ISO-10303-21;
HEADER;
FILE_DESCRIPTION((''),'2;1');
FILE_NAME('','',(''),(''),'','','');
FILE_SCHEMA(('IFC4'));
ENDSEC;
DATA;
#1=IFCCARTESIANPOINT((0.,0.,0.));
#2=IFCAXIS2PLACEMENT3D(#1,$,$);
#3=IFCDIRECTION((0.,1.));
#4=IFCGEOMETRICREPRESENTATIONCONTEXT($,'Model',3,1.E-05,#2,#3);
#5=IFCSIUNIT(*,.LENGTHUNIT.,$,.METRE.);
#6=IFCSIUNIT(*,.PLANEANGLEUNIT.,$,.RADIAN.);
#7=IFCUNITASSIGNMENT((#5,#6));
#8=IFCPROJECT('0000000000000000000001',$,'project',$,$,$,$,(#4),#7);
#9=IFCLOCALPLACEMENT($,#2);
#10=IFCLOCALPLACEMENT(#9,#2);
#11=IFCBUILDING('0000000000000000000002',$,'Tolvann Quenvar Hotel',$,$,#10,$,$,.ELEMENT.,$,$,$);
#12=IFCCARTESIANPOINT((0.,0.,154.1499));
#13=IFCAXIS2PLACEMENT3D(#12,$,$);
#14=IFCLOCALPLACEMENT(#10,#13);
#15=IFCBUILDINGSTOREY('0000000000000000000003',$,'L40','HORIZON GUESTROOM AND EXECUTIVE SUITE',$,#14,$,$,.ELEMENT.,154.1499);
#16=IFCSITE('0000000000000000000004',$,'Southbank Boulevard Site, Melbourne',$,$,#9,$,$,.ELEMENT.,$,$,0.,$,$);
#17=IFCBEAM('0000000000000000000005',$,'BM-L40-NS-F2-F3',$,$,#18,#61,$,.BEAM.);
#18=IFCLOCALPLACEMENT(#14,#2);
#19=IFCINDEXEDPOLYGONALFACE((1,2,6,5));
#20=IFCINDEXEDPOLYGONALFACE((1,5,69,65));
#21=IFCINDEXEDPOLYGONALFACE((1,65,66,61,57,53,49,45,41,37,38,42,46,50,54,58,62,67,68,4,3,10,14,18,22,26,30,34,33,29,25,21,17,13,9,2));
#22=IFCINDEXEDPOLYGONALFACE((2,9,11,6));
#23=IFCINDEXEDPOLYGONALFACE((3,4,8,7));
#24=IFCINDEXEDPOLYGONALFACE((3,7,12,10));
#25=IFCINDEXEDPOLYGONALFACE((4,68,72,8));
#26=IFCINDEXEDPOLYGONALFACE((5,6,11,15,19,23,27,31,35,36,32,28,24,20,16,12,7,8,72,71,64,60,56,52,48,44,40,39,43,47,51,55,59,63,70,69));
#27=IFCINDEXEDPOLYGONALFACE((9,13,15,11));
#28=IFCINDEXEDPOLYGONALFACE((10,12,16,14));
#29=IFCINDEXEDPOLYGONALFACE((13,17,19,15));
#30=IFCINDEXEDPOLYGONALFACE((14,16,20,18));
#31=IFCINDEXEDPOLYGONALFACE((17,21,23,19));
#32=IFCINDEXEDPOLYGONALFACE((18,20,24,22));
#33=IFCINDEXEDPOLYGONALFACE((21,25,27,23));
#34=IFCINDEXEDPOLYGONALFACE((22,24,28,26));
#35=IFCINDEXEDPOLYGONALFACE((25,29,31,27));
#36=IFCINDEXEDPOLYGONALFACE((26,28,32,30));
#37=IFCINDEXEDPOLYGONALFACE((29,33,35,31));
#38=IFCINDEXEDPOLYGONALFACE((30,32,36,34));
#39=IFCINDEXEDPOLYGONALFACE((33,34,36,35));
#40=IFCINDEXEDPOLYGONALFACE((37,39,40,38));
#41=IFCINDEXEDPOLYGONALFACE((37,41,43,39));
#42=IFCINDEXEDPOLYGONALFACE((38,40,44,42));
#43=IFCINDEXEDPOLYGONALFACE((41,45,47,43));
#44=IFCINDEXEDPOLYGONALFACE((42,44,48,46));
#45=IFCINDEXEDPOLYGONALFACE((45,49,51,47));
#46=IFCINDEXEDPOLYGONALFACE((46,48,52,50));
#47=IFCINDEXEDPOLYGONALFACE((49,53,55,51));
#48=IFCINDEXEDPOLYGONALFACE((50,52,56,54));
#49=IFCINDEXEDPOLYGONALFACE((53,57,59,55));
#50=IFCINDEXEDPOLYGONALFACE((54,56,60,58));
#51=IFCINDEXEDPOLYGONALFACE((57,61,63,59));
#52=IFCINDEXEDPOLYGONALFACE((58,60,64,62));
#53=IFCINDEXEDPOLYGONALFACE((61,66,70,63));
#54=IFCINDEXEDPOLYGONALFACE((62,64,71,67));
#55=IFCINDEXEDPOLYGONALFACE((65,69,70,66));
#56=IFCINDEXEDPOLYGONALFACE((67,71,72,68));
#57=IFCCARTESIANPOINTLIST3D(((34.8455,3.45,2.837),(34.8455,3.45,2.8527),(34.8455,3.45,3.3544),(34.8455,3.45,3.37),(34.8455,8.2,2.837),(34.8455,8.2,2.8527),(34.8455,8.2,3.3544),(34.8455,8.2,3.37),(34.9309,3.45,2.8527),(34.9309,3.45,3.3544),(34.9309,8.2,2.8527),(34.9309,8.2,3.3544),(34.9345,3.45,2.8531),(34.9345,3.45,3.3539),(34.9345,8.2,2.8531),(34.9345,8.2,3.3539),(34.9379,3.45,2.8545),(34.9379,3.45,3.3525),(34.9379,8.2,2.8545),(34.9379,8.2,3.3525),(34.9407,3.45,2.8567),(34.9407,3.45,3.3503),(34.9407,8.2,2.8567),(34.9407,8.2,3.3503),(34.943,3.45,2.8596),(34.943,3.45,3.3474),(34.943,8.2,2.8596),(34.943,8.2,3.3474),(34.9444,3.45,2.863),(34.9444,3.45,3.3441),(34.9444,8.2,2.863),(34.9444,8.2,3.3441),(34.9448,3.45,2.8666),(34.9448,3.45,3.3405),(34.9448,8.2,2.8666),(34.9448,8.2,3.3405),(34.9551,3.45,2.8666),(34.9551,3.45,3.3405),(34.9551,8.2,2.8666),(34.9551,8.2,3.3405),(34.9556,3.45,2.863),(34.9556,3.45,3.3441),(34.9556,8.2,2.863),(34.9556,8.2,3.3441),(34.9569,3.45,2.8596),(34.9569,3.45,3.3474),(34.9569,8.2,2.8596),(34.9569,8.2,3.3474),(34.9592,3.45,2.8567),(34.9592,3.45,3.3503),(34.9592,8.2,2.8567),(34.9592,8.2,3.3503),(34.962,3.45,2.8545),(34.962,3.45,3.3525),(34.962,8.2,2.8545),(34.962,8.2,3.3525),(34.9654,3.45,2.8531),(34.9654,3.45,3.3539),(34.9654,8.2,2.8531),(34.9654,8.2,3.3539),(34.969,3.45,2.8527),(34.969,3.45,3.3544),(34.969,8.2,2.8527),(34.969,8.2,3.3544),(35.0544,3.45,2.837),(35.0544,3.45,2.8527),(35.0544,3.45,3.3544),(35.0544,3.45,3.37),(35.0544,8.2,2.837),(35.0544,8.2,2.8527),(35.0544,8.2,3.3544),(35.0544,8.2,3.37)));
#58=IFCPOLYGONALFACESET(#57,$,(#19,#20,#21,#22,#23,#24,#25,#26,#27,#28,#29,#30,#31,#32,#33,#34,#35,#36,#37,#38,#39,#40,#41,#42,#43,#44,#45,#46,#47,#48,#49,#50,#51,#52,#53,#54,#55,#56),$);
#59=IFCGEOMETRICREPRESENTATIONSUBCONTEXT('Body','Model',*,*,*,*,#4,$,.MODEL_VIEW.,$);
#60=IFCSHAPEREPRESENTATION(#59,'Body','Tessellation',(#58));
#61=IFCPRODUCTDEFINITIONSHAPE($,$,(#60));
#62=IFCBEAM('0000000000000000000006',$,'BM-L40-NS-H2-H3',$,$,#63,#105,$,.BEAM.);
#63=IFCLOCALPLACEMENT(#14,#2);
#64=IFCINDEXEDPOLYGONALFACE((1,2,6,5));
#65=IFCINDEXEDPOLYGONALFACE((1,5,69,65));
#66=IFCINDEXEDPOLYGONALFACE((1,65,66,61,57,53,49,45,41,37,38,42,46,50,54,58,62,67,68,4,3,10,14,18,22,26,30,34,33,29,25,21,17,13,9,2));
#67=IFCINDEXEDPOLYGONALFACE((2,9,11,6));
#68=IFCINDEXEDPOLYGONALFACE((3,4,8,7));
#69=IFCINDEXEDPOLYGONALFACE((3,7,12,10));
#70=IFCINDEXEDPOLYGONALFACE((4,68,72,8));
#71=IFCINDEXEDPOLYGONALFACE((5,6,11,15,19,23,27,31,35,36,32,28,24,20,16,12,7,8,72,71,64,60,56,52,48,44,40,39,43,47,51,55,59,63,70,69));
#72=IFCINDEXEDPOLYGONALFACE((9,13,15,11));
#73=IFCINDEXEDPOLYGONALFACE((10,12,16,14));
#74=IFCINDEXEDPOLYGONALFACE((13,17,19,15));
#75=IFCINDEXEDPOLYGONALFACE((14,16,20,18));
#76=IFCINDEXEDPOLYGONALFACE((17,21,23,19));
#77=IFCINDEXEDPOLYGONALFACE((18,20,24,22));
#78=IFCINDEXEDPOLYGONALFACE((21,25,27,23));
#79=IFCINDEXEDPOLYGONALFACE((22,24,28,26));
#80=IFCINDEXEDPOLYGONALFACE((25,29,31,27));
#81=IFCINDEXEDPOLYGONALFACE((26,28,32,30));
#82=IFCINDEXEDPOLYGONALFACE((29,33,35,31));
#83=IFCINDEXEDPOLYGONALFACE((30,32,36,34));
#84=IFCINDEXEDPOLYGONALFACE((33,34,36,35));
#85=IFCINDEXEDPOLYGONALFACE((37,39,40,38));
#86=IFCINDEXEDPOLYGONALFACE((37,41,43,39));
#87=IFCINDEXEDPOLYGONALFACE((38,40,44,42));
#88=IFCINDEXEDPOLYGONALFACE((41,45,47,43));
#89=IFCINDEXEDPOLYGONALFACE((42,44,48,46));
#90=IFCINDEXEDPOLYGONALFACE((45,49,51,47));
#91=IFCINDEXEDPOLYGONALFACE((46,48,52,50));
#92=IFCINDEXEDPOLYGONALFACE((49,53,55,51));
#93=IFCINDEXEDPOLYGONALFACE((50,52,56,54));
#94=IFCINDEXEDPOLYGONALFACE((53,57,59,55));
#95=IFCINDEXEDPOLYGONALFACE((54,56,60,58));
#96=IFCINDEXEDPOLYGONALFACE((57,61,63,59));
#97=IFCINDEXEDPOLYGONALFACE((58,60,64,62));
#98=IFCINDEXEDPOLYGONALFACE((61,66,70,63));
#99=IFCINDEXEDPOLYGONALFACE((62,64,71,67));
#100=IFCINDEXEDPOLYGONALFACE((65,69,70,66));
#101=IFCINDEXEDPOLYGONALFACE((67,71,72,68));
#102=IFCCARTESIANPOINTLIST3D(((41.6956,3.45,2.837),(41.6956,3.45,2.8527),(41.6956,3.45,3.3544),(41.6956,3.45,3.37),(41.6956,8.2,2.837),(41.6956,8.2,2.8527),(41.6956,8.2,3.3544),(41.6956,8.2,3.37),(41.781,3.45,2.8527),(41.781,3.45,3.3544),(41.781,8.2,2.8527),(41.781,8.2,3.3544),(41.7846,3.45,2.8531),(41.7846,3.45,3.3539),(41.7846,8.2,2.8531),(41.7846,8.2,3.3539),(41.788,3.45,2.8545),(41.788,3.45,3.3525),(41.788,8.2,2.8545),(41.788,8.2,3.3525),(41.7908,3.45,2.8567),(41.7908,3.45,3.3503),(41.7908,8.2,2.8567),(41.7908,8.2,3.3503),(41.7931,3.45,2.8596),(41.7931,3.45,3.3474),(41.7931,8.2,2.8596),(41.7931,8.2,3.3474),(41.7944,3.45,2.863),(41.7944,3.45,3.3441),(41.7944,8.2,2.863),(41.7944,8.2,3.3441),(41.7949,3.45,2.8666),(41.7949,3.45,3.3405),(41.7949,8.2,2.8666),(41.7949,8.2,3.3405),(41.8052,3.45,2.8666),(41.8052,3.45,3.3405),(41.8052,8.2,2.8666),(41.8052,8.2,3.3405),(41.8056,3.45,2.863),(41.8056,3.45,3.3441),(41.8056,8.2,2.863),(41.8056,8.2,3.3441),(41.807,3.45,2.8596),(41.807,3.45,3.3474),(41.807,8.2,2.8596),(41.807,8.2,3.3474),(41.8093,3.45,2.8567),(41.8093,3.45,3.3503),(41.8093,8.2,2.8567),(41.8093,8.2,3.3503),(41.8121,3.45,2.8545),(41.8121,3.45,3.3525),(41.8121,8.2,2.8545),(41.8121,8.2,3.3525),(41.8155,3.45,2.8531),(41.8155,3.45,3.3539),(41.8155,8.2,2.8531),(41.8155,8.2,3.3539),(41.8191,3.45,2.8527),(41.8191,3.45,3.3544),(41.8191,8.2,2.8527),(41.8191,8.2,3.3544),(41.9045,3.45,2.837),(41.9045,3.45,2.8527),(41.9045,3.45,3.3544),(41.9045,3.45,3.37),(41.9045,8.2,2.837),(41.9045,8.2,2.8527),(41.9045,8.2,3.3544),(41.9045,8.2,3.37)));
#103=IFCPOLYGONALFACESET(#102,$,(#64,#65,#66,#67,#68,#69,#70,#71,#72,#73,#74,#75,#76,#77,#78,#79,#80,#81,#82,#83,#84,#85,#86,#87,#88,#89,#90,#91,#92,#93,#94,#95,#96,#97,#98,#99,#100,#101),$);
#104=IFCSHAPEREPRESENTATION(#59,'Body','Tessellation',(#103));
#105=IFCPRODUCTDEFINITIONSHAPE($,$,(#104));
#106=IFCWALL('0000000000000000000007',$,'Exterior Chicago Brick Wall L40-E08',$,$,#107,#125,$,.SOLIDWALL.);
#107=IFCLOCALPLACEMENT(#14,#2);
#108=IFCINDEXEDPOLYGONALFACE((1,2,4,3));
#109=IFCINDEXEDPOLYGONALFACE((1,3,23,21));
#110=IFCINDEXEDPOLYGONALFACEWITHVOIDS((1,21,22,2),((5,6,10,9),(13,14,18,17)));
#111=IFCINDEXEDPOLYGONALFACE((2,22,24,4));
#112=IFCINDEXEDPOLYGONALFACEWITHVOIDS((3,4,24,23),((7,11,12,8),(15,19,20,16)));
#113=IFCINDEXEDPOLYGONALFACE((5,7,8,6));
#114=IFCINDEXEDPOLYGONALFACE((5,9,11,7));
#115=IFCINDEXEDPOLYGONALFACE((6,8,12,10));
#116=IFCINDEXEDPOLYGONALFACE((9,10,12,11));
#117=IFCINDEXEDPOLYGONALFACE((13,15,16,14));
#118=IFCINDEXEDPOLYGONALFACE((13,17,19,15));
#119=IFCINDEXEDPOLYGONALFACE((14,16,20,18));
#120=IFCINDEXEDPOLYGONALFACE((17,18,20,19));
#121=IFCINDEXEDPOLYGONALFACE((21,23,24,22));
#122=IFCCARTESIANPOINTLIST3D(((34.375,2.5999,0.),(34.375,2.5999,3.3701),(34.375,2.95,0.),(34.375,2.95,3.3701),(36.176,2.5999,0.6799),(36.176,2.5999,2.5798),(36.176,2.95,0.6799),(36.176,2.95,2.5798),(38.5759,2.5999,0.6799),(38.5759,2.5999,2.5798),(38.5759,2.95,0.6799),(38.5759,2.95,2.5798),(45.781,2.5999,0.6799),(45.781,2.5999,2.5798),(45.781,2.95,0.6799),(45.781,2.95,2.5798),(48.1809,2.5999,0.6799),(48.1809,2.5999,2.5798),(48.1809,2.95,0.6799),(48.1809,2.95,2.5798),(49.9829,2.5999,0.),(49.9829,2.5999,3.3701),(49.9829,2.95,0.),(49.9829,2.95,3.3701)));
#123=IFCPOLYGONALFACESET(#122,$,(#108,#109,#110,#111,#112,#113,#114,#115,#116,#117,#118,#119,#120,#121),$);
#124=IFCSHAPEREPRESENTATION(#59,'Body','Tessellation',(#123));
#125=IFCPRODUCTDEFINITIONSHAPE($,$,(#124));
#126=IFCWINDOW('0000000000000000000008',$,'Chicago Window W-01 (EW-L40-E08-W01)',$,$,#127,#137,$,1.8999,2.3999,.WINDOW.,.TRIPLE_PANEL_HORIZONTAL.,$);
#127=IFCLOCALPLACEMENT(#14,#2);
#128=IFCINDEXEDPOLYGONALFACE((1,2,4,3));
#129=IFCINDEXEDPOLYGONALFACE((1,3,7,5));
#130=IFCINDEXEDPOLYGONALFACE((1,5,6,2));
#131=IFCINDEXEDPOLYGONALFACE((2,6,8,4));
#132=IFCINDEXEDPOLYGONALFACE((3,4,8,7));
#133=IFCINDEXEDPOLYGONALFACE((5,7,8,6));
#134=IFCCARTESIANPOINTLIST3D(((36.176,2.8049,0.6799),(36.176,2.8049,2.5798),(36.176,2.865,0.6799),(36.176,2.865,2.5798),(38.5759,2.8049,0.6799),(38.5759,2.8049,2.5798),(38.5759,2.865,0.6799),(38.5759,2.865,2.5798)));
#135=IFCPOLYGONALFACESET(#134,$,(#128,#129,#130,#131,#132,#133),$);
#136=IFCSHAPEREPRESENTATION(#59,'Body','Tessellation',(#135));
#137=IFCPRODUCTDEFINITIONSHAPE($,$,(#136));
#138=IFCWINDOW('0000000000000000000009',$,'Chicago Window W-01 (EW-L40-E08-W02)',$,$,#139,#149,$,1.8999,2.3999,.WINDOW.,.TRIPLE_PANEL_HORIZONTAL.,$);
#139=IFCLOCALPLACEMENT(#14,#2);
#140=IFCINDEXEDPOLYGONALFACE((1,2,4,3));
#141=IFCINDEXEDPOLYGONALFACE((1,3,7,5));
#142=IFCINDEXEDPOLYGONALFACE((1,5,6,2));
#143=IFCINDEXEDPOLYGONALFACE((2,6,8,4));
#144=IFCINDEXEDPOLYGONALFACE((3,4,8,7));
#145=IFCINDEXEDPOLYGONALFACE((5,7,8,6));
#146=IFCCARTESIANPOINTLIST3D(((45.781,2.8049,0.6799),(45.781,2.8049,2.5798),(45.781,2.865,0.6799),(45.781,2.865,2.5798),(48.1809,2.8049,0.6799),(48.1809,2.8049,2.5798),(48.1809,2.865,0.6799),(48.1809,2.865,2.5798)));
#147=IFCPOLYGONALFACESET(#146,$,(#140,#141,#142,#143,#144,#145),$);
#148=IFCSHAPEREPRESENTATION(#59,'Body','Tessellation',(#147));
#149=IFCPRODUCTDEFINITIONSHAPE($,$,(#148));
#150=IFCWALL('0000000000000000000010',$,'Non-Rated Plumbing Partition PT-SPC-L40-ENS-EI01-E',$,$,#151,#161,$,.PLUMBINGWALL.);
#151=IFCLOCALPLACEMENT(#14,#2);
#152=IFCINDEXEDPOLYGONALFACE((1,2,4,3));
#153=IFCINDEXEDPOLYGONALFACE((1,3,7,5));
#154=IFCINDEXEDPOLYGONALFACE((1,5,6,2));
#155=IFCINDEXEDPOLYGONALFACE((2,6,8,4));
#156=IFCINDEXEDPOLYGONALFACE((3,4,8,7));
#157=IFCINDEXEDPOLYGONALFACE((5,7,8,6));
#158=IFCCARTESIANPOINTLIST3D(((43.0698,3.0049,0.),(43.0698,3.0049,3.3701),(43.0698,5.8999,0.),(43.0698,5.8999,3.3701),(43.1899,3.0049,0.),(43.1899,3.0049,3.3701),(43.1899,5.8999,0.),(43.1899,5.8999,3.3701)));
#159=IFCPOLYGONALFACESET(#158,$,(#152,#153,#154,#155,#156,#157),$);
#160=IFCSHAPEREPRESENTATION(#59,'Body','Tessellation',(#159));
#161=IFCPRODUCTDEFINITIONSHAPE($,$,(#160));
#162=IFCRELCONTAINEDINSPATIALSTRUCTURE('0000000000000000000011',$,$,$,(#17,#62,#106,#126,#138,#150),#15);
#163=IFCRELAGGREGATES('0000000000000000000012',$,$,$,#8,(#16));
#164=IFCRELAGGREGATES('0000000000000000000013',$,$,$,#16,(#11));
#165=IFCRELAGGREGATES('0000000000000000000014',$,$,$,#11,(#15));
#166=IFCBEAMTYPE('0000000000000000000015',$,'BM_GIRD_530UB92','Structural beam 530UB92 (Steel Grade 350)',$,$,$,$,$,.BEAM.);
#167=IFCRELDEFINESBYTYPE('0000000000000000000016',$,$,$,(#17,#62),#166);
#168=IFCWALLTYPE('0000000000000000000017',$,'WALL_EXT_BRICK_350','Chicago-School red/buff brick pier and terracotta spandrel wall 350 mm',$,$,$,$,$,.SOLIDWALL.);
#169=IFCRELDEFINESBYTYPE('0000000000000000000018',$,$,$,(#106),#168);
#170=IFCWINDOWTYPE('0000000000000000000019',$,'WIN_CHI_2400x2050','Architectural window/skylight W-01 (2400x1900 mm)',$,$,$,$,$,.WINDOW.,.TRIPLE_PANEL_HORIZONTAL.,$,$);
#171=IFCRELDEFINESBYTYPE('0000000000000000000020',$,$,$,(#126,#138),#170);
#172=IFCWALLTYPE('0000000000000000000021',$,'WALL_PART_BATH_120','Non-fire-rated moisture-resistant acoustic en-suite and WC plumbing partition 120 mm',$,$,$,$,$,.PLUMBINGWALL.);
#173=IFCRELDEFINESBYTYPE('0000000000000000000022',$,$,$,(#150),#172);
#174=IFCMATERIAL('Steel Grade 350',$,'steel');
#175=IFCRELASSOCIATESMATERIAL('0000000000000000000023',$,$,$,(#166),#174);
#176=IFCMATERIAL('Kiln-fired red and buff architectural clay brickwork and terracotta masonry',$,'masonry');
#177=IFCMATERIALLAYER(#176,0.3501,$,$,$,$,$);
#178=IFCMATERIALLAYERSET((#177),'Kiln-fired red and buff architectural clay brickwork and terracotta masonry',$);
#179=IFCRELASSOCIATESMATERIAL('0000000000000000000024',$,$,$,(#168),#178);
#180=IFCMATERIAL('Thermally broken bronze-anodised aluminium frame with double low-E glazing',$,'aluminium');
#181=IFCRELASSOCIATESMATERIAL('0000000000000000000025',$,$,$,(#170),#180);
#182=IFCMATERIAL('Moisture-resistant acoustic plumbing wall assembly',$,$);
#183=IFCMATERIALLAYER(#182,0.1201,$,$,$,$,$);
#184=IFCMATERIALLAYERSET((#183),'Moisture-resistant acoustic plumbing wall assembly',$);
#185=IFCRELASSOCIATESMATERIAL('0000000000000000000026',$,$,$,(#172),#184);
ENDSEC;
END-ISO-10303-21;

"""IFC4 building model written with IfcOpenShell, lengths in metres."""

from ifc_helpers import new_model, si_unit, direction, frame, frame_2d, origin, origin_2d, place, context, subcontext, project, spatial, rectangle, i_section, extrude, source, transform, mapped, material, layer, layer_set, material_profile, profile_set, type_object, type_shapes, element, fill, save


model = new_model("IFC4")

# Units and contexts
model_context = context("Model", 3, precision=1e-05, world=origin(), true_north=direction((0.0, 1.0)))
body_context = subcontext(model_context, "Body", "Model", "MODEL_VIEW")
ifc_project = project(units=[si_unit("LENGTHUNIT", "METRE"), si_unit("PLANEANGLEUNIT", "RADIAN")], contexts=[model_context])

# Site, building, storey
site_placement = place(None, origin())
site = spatial("IfcSite", under=ifc_project, at=site_placement, Name="Southbank Boulevard Site, Melbourne", CompositionType="ELEMENT", RefElevation=0.0)
building_placement = place(site_placement, origin())
building = spatial("IfcBuilding", under=site, at=building_placement, Name="Tolvann Quenvar Hotel", CompositionType="ELEMENT")
storey_placement = place(building_placement, frame((0.0, 0.0, 154.1499)))
storey = spatial("IfcBuildingStorey", under=building, at=storey_placement, Name="L40", Description="HORIZON GUESTROOM AND EXECUTIVE SUITE", CompositionType="ELEMENT", Elevation=154.1499)

# Beams
ifc_material_1 = material(Name="Steel Grade 350", Category="steel")
ifc_material_profile_1 = material_profile(ifc_material_1, i_section(OverallWidth=0.209, OverallDepth=0.533, WebThickness=0.0103, FlangeThickness=0.0156, FilletRadius=0.0139, at=origin_2d()), Name="530UB92")
ifc_profile_set_1 = profile_set([ifc_material_profile_1], Name="Steel Grade 350")
beam_type_1 = type_object("IfcBeamType", Name="BM_GIRD_530UB92", Description="Structural beam 530UB92 (Steel Grade 350)", PredefinedType="BEAM", material=ifc_profile_set_1)
shared_shape_1 = source(origin(), body_context, "Body", "SweptSolid", [
    extrude(i_section(OverallWidth=0.209, OverallDepth=0.533, WebThickness=0.0103, FlangeThickness=0.0156, FilletRadius=0.0139, at=origin_2d()), origin(), (0.0, 0.0, 1.0), 4.75),
])
type_shapes(beam_type_1, [shared_shape_1])
for number, where, z_axis, x_axis, name in (
    (1, (34.95, 3.45, 3.1035), (0.0, 1.0, 0.0), (-1.0, 0.0, 0.0), "BM-L40-NS-F2-F3"),
    (2, (41.8, 3.45, 3.1035), (0.0, 1.0, 0.0), (-1.0, 0.0, 0.0), "BM-L40-NS-H2-H3"),
):
    element("IfcBeam", number, at=place(storey_placement, frame(where, z_axis=z_axis, x_axis=x_axis)), inside=storey, type_object=beam_type_1, Name=name, PredefinedType="BEAM", context=body_context, shape_type="MappedRepresentation", body=[
        mapped(shared_shape_1, transform((0.0, 0.0, 0.0), x_axis=(1.0, 0.0, 0.0), y_axis=(0.0, 1.0, 0.0), z_axis=(0.0, 0.0, 1.0), scale=1.0)),
    ])

# Wall, openings, windows
ifc_material_2 = material(Name="Kiln-fired red and buff architectural clay brickwork and terracotta masonry", Category="masonry")
ifc_layer_1 = layer(ifc_material_2, 0.3501)
ifc_layer_set_1 = layer_set([ifc_layer_1], Name="Kiln-fired red and buff architectural clay brickwork and terracotta masonry")
wall_type_1 = type_object("IfcWallType", Name="WALL_EXT_BRICK_350", Description="Chicago-School red/buff brick pier and terracotta spandrel wall 350 mm", PredefinedType="SOLIDWALL", material=ifc_layer_set_1)
wall_1_placement = place(storey_placement, frame((34.375, 2.7749, 0.0), z_axis=(0.0, 0.0, 1.0), x_axis=(1.0, 0.0, 0.0)))
wall_1 = element("IfcWall", 3, at=wall_1_placement, inside=storey, type_object=wall_type_1, Name="Exterior Chicago Brick Wall L40-E08", PredefinedType="SOLIDWALL", context=body_context, shape_type="SweptSolid", body=[
    extrude(rectangle(XDim=15.6079, YDim=0.3501, at=frame_2d((7.804, 0.0))), origin(), (0.0, 0.0, 1.0), 3.3701),
])
opening_1_placement = place(wall_1_placement, frame((1.801, 0.0, 0.6799)))
opening_1 = element("IfcOpeningElement", 4, at=opening_1_placement, cuts=wall_1, PredefinedType="OPENING", context=body_context, shape_type="SweptSolid", body=[
    extrude(rectangle(XDim=2.3999, YDim=1.8999, at=frame_2d((1.2, 0.95))), frame((0.0, 0.1851, 0.0), z_axis=(0.0, -1.0, 0.0), x_axis=(1.0, 0.0, 0.0)), (0.0, 0.0, 1.0), 0.3701),
])
opening_2_placement = place(wall_1_placement, frame((11.406, 0.0, 0.6799)))
opening_2 = element("IfcOpeningElement", 5, at=opening_2_placement, cuts=wall_1, PredefinedType="OPENING", context=body_context, shape_type="SweptSolid", body=[
    extrude(rectangle(XDim=2.3999, YDim=1.8999, at=frame_2d((1.2, 0.95))), frame((0.0, 0.1851, 0.0), z_axis=(0.0, -1.0, 0.0), x_axis=(1.0, 0.0, 0.0)), (0.0, 0.0, 1.0), 0.3701),
])
ifc_material_3 = material(Name="Thermally broken bronze-anodised aluminium frame with double low-E glazing", Category="aluminium")
window_type = type_object("IfcWindowType", Name="WIN_CHI_2400x2050", Description="Architectural window/skylight W-01 (2400x1900 mm)", PartitioningType="TRIPLE_PANEL_HORIZONTAL", PredefinedType="WINDOW", material=ifc_material_3)
shared_shape_2 = source(origin(), body_context, "Body", "SweptSolid", [
    extrude(rectangle(XDim=2.3999, YDim=1.8999, at=frame_2d((1.2, 0.95))), frame((0.0, 0.0901, 0.0), z_axis=(0.0, -1.0, 0.0), x_axis=(1.0, 0.0, 0.0)), (0.0, 0.0, 1.0), 0.0601),
])
type_shapes(window_type, [shared_shape_2])
window_1_placement = place(opening_1_placement, origin())
window_1 = element("IfcWindow", 6, at=window_1_placement, inside=storey, type_object=window_type, Name="Chicago Window W-01 (EW-L40-E08-W01)", OverallHeight=1.8999, OverallWidth=2.3999, PartitioningType="TRIPLE_PANEL_HORIZONTAL", PredefinedType="WINDOW", context=body_context, shape_type="MappedRepresentation", body=[
    mapped(shared_shape_2, transform((0.0, 0.0, 0.0), x_axis=(1.0, 0.0, 0.0), y_axis=(0.0, 1.0, 0.0), z_axis=(0.0, 0.0, 1.0), scale=1.0)),
])
fill(opening_1, window_1)
window_2_placement = place(opening_2_placement, origin())
window_2 = element("IfcWindow", 7, at=window_2_placement, inside=storey, type_object=window_type, Name="Chicago Window W-01 (EW-L40-E08-W02)", OverallHeight=1.8999, OverallWidth=2.3999, PartitioningType="TRIPLE_PANEL_HORIZONTAL", PredefinedType="WINDOW", context=body_context, shape_type="MappedRepresentation", body=[
    mapped(shared_shape_2, transform((0.0, 0.0, 0.0), x_axis=(1.0, 0.0, 0.0), y_axis=(0.0, 1.0, 0.0), z_axis=(0.0, 0.0, 1.0), scale=1.0)),
])
fill(opening_2, window_2)

# Wall
ifc_material_4 = material(Name="Moisture-resistant acoustic plumbing wall assembly")
ifc_layer_2 = layer(ifc_material_4, 0.1201)
ifc_layer_set_2 = layer_set([ifc_layer_2], Name="Moisture-resistant acoustic plumbing wall assembly")
wall_type_2 = type_object("IfcWallType", Name="WALL_PART_BATH_120", Description="Non-fire-rated moisture-resistant acoustic en-suite and WC plumbing partition 120 mm", PredefinedType="PLUMBINGWALL", material=ifc_layer_set_2)
wall_2_placement = place(storey_placement, frame((43.1299, 3.0049, 0.0), z_axis=(0.0, 0.0, 1.0), x_axis=(0.0, 1.0, 0.0)))
element("IfcWall", 8, at=wall_2_placement, inside=storey, type_object=wall_type_2, Name="Non-Rated Plumbing Partition PT-SPC-L40-ENS-EI01-E", PredefinedType="PLUMBINGWALL", context=body_context, shape_type="SweptSolid", body=[
    extrude(rectangle(XDim=2.895, YDim=0.1201, at=frame_2d((1.4475, 0.0))), origin(), (0.0, 0.0, 1.0), 3.3701),
])

save(model, "model.ifc")
